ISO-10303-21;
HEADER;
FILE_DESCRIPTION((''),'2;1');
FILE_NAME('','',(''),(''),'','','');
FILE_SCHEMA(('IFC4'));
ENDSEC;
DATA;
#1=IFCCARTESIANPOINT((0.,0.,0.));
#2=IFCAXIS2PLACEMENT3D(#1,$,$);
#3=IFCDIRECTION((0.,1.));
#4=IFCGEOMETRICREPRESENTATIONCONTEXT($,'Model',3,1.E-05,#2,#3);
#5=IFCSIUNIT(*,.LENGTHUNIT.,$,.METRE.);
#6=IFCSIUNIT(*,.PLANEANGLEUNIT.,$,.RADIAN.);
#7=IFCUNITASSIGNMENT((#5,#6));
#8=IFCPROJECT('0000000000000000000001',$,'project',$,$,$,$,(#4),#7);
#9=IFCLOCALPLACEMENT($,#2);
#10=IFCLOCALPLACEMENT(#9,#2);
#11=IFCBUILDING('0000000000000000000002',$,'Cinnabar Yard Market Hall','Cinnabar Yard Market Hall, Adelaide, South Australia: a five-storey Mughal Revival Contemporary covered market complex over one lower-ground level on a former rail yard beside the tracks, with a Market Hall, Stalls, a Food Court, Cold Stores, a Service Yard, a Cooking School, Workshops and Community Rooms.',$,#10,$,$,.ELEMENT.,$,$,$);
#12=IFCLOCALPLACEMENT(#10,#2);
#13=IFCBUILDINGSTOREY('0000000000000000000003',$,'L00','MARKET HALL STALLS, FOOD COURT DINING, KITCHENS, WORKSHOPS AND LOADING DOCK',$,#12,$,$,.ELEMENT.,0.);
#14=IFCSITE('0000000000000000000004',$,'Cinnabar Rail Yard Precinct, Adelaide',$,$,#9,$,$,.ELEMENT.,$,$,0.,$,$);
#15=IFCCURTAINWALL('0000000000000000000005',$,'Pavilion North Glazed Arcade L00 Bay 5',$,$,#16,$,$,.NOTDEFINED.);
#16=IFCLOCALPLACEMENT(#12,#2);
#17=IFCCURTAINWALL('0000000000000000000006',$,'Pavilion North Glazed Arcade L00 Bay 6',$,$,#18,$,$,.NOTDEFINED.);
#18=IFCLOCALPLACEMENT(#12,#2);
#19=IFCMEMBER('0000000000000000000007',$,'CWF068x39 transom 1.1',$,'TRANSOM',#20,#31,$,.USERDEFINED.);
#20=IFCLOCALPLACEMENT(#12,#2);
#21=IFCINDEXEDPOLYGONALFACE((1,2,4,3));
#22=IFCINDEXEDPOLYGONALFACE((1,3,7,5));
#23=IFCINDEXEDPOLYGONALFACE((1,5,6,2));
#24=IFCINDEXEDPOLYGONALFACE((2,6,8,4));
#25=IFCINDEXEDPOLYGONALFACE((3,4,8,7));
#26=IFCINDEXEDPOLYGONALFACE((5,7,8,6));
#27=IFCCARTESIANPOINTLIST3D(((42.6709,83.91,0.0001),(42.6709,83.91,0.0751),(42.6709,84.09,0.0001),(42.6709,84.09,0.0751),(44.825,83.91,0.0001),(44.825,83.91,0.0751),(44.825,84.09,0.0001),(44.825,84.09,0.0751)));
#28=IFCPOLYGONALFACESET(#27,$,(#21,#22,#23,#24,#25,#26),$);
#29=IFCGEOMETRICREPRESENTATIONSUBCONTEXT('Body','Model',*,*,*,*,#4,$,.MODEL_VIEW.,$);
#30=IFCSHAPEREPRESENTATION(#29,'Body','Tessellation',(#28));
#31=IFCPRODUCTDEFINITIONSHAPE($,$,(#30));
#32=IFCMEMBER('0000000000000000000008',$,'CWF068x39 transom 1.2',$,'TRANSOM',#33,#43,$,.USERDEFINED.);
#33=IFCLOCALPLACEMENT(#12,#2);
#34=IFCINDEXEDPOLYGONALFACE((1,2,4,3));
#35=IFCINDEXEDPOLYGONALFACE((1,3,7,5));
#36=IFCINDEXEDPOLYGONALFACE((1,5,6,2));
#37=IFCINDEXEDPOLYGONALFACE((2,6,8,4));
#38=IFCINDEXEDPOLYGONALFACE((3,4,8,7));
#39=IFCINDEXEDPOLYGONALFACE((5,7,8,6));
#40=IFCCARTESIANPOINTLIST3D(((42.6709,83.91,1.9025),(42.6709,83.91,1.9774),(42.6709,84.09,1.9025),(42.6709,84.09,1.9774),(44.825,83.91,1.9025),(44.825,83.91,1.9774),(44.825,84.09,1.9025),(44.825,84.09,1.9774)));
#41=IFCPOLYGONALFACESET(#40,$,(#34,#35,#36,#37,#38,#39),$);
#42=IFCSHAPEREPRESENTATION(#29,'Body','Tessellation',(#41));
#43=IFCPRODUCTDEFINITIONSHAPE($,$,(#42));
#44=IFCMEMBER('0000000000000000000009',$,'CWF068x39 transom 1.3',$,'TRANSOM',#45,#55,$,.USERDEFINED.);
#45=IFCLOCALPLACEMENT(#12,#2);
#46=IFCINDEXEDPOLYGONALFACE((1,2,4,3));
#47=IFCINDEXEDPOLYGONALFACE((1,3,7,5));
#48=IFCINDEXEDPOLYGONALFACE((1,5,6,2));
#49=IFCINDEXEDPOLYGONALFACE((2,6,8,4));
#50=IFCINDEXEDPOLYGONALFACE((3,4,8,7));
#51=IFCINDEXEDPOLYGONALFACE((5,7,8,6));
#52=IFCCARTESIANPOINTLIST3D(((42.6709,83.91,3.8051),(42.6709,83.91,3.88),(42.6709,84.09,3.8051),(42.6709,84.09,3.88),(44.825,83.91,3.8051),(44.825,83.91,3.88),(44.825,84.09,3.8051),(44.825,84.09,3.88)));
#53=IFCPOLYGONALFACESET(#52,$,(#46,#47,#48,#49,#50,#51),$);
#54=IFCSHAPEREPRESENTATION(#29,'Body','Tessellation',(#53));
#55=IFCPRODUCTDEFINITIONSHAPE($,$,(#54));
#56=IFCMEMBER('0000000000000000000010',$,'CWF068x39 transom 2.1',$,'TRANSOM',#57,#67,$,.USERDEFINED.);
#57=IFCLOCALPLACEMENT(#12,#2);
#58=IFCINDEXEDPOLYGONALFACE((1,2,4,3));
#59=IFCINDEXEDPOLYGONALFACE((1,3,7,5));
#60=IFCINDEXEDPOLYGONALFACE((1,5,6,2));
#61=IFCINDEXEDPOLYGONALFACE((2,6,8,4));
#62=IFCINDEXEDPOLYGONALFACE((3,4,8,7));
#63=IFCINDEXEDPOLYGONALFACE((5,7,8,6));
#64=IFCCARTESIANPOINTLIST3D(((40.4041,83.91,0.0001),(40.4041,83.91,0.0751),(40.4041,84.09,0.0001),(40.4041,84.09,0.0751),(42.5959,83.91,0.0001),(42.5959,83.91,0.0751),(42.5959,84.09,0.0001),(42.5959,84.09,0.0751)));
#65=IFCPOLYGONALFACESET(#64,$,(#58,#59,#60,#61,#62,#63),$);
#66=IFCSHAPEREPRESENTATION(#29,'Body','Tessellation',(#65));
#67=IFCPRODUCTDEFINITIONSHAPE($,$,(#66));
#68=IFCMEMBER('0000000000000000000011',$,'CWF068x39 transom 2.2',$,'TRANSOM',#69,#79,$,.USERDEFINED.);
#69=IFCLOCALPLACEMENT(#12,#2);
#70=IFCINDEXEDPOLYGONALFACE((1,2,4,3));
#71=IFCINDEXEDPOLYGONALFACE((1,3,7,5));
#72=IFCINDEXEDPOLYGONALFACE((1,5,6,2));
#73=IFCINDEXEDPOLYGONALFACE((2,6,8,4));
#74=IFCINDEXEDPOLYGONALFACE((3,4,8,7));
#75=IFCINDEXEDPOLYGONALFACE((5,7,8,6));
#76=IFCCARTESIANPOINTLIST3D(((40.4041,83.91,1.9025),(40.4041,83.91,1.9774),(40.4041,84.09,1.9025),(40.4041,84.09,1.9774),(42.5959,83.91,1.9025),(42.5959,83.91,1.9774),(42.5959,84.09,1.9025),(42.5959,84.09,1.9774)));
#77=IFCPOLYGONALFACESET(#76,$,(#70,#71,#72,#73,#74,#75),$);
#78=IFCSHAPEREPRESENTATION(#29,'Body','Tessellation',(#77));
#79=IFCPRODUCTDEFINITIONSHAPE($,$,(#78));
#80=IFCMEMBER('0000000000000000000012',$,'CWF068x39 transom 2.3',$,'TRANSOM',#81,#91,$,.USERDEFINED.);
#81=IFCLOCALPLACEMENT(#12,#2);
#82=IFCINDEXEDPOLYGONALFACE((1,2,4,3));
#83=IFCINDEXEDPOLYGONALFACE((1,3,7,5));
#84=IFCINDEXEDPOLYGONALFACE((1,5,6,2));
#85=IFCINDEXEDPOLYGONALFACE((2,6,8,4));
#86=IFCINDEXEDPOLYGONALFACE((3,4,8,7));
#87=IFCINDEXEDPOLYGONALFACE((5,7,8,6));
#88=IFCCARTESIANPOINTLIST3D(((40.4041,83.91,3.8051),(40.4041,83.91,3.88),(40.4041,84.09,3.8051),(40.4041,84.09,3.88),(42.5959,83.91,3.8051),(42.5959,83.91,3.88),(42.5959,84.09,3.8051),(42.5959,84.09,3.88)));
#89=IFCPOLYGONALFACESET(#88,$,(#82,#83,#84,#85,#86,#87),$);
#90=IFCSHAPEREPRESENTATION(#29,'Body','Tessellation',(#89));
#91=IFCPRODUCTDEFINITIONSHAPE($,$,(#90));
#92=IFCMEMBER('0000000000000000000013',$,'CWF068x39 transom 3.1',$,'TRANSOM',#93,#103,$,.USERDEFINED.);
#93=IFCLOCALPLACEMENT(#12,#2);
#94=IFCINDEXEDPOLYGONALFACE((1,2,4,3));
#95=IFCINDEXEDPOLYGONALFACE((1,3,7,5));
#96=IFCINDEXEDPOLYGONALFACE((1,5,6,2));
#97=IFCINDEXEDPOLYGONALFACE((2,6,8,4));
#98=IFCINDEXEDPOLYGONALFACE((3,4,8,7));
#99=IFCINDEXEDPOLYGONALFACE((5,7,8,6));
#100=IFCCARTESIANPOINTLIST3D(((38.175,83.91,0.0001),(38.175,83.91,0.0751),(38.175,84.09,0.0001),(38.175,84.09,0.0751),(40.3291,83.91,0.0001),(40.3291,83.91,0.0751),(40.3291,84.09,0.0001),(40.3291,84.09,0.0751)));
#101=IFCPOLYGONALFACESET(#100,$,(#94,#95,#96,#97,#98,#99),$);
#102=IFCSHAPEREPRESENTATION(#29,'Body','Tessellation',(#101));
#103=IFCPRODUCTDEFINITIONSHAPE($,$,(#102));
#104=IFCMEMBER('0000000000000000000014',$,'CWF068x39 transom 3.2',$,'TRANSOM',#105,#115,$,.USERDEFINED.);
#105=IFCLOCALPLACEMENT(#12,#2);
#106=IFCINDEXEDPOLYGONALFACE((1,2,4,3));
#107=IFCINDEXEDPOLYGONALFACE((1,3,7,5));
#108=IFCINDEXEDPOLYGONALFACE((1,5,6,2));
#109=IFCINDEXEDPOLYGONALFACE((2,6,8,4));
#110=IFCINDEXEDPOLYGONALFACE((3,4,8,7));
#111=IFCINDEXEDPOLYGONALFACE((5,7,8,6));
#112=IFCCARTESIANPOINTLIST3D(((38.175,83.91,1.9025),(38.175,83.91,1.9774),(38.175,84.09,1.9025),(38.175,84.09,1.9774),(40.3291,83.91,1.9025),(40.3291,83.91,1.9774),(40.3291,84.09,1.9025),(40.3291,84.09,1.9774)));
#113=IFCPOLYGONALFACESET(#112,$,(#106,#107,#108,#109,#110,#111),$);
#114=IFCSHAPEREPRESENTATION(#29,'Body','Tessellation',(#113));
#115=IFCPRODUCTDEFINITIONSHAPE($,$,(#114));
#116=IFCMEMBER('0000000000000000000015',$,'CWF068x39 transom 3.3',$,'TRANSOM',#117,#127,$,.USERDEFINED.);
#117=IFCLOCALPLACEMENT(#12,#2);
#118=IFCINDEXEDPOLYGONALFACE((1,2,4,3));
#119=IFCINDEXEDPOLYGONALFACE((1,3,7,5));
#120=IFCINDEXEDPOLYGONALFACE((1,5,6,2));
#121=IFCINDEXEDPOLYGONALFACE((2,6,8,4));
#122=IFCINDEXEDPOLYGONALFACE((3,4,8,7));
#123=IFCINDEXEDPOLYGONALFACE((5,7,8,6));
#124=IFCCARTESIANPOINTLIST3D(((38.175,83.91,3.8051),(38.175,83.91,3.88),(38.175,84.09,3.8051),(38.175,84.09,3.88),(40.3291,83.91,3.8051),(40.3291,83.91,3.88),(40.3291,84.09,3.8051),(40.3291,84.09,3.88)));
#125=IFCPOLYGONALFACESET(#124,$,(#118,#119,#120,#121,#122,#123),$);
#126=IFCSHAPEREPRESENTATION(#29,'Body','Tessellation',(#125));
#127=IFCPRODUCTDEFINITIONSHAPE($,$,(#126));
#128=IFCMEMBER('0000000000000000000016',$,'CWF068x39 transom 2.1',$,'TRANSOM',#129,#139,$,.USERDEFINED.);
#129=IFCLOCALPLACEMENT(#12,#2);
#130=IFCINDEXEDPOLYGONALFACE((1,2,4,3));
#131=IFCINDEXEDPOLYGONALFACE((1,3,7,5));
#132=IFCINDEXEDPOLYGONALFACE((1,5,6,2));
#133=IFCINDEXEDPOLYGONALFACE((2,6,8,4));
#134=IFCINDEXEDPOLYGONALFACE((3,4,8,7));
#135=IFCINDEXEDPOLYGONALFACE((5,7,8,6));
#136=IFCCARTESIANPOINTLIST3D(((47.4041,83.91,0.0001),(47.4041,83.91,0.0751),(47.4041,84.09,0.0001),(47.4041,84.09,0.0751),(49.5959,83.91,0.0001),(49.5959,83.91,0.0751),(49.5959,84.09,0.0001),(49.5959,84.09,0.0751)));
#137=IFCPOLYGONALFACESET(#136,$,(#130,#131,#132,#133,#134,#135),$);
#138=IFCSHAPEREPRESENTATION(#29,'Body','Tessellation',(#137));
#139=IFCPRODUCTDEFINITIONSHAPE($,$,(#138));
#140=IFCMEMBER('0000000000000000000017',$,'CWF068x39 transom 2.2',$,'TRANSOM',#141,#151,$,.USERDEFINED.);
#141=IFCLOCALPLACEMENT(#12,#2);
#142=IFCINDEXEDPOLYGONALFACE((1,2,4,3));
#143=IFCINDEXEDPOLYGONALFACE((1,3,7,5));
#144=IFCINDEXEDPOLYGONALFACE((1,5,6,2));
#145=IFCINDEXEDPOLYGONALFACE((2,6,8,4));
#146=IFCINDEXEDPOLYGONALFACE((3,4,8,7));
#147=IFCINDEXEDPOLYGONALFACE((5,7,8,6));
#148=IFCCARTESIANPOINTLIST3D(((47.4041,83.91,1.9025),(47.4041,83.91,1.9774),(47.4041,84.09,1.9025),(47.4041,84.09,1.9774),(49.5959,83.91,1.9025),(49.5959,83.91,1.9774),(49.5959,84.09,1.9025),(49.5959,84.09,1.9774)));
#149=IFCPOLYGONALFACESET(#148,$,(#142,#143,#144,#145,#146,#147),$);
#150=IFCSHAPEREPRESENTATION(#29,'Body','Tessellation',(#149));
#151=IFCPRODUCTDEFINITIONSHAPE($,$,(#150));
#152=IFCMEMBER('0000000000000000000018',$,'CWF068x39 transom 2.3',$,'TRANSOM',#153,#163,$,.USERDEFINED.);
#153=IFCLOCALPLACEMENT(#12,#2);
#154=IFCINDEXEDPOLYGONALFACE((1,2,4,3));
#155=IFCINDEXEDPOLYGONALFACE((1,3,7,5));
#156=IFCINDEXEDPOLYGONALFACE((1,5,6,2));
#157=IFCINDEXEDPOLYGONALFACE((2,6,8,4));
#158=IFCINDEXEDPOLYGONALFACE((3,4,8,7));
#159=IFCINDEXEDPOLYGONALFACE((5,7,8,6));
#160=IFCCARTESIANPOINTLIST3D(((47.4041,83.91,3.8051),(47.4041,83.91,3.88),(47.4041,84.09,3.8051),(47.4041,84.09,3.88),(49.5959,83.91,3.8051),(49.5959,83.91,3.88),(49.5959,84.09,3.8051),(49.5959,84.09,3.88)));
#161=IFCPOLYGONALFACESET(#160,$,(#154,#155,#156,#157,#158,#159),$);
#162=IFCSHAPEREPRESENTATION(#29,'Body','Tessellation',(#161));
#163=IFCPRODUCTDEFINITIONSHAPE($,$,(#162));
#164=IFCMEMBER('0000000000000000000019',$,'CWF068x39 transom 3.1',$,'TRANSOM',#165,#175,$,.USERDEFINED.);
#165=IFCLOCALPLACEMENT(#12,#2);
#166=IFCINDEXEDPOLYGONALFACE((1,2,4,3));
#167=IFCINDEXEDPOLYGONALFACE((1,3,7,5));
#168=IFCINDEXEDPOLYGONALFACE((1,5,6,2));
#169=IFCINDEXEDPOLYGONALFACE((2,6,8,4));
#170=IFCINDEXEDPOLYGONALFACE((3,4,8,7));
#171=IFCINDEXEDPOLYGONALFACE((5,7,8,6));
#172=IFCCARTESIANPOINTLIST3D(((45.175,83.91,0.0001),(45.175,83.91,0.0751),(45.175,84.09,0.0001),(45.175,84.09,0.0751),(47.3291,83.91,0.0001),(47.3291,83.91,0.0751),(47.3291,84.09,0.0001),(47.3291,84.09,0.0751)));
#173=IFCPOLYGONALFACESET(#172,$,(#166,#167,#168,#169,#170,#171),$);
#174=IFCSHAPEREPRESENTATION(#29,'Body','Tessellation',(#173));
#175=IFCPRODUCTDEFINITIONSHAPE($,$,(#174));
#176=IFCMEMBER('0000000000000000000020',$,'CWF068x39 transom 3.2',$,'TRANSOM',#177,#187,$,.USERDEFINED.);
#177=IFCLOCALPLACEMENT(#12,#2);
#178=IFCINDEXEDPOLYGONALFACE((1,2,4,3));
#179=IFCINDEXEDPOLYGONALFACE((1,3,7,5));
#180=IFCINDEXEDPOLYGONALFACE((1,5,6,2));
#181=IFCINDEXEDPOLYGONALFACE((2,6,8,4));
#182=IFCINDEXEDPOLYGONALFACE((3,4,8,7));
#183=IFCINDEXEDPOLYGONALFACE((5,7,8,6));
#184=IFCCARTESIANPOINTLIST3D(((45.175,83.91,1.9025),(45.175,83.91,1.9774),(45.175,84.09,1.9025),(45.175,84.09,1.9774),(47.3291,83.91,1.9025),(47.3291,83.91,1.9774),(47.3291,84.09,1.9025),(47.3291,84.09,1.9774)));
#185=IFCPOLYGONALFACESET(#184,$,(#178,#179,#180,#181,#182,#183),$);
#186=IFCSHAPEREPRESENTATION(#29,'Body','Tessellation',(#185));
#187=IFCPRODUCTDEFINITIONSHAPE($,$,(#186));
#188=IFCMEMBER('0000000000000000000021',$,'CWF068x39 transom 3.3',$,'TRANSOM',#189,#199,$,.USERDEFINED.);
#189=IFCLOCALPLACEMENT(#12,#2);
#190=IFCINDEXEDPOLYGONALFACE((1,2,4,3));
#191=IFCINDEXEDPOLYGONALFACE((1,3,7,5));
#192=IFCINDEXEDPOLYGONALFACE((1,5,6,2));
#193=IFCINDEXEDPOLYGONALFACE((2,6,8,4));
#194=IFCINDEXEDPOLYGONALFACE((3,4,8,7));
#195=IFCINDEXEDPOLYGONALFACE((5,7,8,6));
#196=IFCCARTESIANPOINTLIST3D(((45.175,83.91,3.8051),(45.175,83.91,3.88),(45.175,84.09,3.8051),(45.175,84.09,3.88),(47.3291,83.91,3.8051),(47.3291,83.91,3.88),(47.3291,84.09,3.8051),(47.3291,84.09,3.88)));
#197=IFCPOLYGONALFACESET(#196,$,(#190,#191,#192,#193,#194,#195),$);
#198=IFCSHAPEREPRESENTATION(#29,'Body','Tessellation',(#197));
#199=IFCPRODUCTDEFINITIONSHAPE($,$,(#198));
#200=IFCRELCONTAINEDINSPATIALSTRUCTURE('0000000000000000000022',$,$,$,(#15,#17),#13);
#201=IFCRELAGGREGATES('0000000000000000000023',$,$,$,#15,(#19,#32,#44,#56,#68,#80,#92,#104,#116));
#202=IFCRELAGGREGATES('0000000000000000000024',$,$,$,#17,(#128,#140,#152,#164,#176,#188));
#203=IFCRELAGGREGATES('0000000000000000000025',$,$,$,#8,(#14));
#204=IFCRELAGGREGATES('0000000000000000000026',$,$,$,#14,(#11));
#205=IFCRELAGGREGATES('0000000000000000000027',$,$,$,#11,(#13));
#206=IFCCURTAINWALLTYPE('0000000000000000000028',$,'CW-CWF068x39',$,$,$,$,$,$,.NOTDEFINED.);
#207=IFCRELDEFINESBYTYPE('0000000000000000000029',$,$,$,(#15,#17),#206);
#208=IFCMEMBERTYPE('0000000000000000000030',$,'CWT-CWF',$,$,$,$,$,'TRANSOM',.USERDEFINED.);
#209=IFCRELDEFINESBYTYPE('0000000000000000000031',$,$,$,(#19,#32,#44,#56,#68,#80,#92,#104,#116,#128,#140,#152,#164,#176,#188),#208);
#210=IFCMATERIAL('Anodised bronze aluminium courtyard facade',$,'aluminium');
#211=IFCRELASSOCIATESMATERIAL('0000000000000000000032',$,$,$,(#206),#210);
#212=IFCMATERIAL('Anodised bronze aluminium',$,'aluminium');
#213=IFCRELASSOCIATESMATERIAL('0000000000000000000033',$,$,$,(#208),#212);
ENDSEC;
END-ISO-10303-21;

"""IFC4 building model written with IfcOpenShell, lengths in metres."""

from ifc_helpers import new_model, si_unit, direction, frame, origin, origin_2d_with_axis, place, context, subcontext, project, spatial, rectangle, extrude, material, material_profile, profile_set, type_object, element, aggregate, save


model = new_model("IFC4")

# Units and contexts
model_context = context("Model", 3, precision=1e-05, world=origin(), true_north=direction((0.0, 1.0)))
body_context = subcontext(model_context, "Body", "Model", "MODEL_VIEW")
ifc_project = project(units=[si_unit("LENGTHUNIT", "METRE"), si_unit("PLANEANGLEUNIT", "RADIAN")], contexts=[model_context])

# Site, building, storey
site_placement = place(None, origin())
site = spatial("IfcSite", under=ifc_project, at=site_placement, Name="Cinnabar Rail Yard Precinct, Adelaide", CompositionType="ELEMENT", RefElevation=0.0)
building_placement = place(site_placement, origin())
building = spatial("IfcBuilding", under=site, at=building_placement, Name="Cinnabar Yard Market Hall", Description="Cinnabar Yard Market Hall, Adelaide, South Australia: a five-storey Mughal Revival Contemporary covered market complex over one lower-ground level on a former rail yard beside the tracks, with a Market Hall, Stalls, a Food Court, Cold Stores, a Service Yard, a Cooking School, Workshops and Community Rooms.", CompositionType="ELEMENT")
storey_placement = place(building_placement, origin())
storey = spatial("IfcBuildingStorey", under=building, at=storey_placement, Name="L00", Description="MARKET HALL STALLS, FOOD COURT DINING, KITCHENS, WORKSHOPS AND LOADING DOCK", CompositionType="ELEMENT", Elevation=0.0)

# Curtain walls
ifc_material_1 = material(Name="Anodised bronze aluminium courtyard facade", Category="aluminium")
curtain_wall_type = type_object("IfcCurtainWallType", Name="CW-CWF068x39", PredefinedType="NOTDEFINED", material=ifc_material_1)
curtain_wall_1_placement = place(storey_placement, origin())
curtain_wall_1 = element("IfcCurtainWall", 1, at=curtain_wall_1_placement, inside=storey, type_object=curtain_wall_type, Name="Pavilion North Glazed Arcade L00 Bay 5", PredefinedType="NOTDEFINED")
ifc_material_2 = material(Name="Anodised bronze aluminium", Category="aluminium")
curtain_wall_2_placement = place(storey_placement, origin())
curtain_wall_2 = element("IfcCurtainWall", 2, at=curtain_wall_2_placement, inside=storey, type_object=curtain_wall_type, Name="Pavilion North Glazed Arcade L00 Bay 6", PredefinedType="NOTDEFINED")

# Members
ifc_material_profile_1 = material_profile(ifc_material_2, rectangle(XDim=0.1799, YDim=0.075, at=origin_2d_with_axis()), Name="TRN-CWF")
ifc_profile_set_1 = profile_set([ifc_material_profile_1], Name="Anodised bronze aluminium")
member_type_1 = type_object("IfcMemberType", Name="CWT-CWF", ElementType="TRANSOM", PredefinedType="USERDEFINED", material=ifc_profile_set_1)
member_1_placement = place(storey_placement, frame((44.825, 84.0, 0.0376), z_axis=(-1.0, 0.0, 0.0), x_axis=(0.0, -1.0, 0.0)))
member_1 = element("IfcMember", 3, at=member_1_placement, type_object=member_type_1, Name="CWF068x39 transom 1.1", ObjectType="TRANSOM", PredefinedType="USERDEFINED", context=body_context, shape_type="SweptSolid", body=[
    extrude(rectangle(XDim=0.1799, YDim=0.075, at=origin_2d_with_axis()), origin(), (0.0, 0.0, 1.0), 2.1541),
])
member_2_placement = place(storey_placement, frame((44.825, 84.0, 1.9399), z_axis=(-1.0, 0.0, 0.0), x_axis=(0.0, -1.0, 0.0)))
member_2 = element("IfcMember", 4, at=member_2_placement, type_object=member_type_1, Name="CWF068x39 transom 1.2", ObjectType="TRANSOM", PredefinedType="USERDEFINED", context=body_context, shape_type="SweptSolid", body=[
    extrude(rectangle(XDim=0.1799, YDim=0.075, at=origin_2d_with_axis()), origin(), (0.0, 0.0, 1.0), 2.1541),
])
member_3_placement = place(storey_placement, frame((44.825, 84.0, 3.8425), z_axis=(-1.0, 0.0, 0.0), x_axis=(0.0, -1.0, 0.0)))
member_3 = element("IfcMember", 5, at=member_3_placement, type_object=member_type_1, Name="CWF068x39 transom 1.3", ObjectType="TRANSOM", PredefinedType="USERDEFINED", context=body_context, shape_type="SweptSolid", body=[
    extrude(rectangle(XDim=0.1799, YDim=0.075, at=origin_2d_with_axis()), origin(), (0.0, 0.0, 1.0), 2.1541),
])
member_4_placement = place(storey_placement, frame((42.5959, 84.0, 0.0376), z_axis=(-1.0, 0.0, 0.0), x_axis=(0.0, -1.0, 0.0)))
member_4 = element("IfcMember", 6, at=member_4_placement, type_object=member_type_1, Name="CWF068x39 transom 2.1", ObjectType="TRANSOM", PredefinedType="USERDEFINED", context=body_context, shape_type="SweptSolid", body=[
    extrude(rectangle(XDim=0.1799, YDim=0.075, at=origin_2d_with_axis()), origin(), (0.0, 0.0, 1.0), 2.1919),
])
member_5_placement = place(storey_placement, frame((42.5959, 84.0, 1.9399), z_axis=(-1.0, 0.0, 0.0), x_axis=(0.0, -1.0, 0.0)))
member_5 = element("IfcMember", 7, at=member_5_placement, type_object=member_type_1, Name="CWF068x39 transom 2.2", ObjectType="TRANSOM", PredefinedType="USERDEFINED", context=body_context, shape_type="SweptSolid", body=[
    extrude(rectangle(XDim=0.1799, YDim=0.075, at=origin_2d_with_axis()), origin(), (0.0, 0.0, 1.0), 2.1919),
])
member_6_placement = place(storey_placement, frame((42.5959, 84.0, 3.8425), z_axis=(-1.0, 0.0, 0.0), x_axis=(0.0, -1.0, 0.0)))
member_6 = element("IfcMember", 8, at=member_6_placement, type_object=member_type_1, Name="CWF068x39 transom 2.3", ObjectType="TRANSOM", PredefinedType="USERDEFINED", context=body_context, shape_type="SweptSolid", body=[
    extrude(rectangle(XDim=0.1799, YDim=0.075, at=origin_2d_with_axis()), origin(), (0.0, 0.0, 1.0), 2.1919),
])
member_7_placement = place(storey_placement, frame((40.3291, 84.0, 0.0376), z_axis=(-1.0, 0.0, 0.0), x_axis=(0.0, -1.0, 0.0)))
member_7 = element("IfcMember", 9, at=member_7_placement, type_object=member_type_1, Name="CWF068x39 transom 3.1", ObjectType="TRANSOM", PredefinedType="USERDEFINED", context=body_context, shape_type="SweptSolid", body=[
    extrude(rectangle(XDim=0.1799, YDim=0.075, at=origin_2d_with_axis()), origin(), (0.0, 0.0, 1.0), 2.1541),
])
member_8_placement = place(storey_placement, frame((40.3291, 84.0, 1.9399), z_axis=(-1.0, 0.0, 0.0), x_axis=(0.0, -1.0, 0.0)))
member_8 = element("IfcMember", 10, at=member_8_placement, type_object=member_type_1, Name="CWF068x39 transom 3.2", ObjectType="TRANSOM", PredefinedType="USERDEFINED", context=body_context, shape_type="SweptSolid", body=[
    extrude(rectangle(XDim=0.1799, YDim=0.075, at=origin_2d_with_axis()), origin(), (0.0, 0.0, 1.0), 2.1541),
])
member_9_placement = place(storey_placement, frame((40.3291, 84.0, 3.8425), z_axis=(-1.0, 0.0, 0.0), x_axis=(0.0, -1.0, 0.0)))
member_9 = element("IfcMember", 11, at=member_9_placement, type_object=member_type_1, Name="CWF068x39 transom 3.3", ObjectType="TRANSOM", PredefinedType="USERDEFINED", context=body_context, shape_type="SweptSolid", body=[
    extrude(rectangle(XDim=0.1799, YDim=0.075, at=origin_2d_with_axis()), origin(), (0.0, 0.0, 1.0), 2.1541),
])
member_10_placement = place(storey_placement, frame((49.5959, 84.0, 0.0376), z_axis=(-1.0, 0.0, 0.0), x_axis=(0.0, -1.0, 0.0)))
member_10 = element("IfcMember", 12, at=member_10_placement, type_object=member_type_1, Name="CWF068x39 transom 2.1", ObjectType="TRANSOM", PredefinedType="USERDEFINED", context=body_context, shape_type="SweptSolid", body=[
    extrude(rectangle(XDim=0.1799, YDim=0.075, at=origin_2d_with_axis()), origin(), (0.0, 0.0, 1.0), 2.1919),
])
member_11_placement = place(storey_placement, frame((49.5959, 84.0, 1.9399), z_axis=(-1.0, 0.0, 0.0), x_axis=(0.0, -1.0, 0.0)))
member_11 = element("IfcMember", 13, at=member_11_placement, type_object=member_type_1, Name="CWF068x39 transom 2.2", ObjectType="TRANSOM", PredefinedType="USERDEFINED", context=body_context, shape_type="SweptSolid", body=[
    extrude(rectangle(XDim=0.1799, YDim=0.075, at=origin_2d_with_axis()), origin(), (0.0, 0.0, 1.0), 2.1919),
])
member_12_placement = place(storey_placement, frame((49.5959, 84.0, 3.8425), z_axis=(-1.0, 0.0, 0.0), x_axis=(0.0, -1.0, 0.0)))
member_12 = element("IfcMember", 14, at=member_12_placement, type_object=member_type_1, Name="CWF068x39 transom 2.3", ObjectType="TRANSOM", PredefinedType="USERDEFINED", context=body_context, shape_type="SweptSolid", body=[
    extrude(rectangle(XDim=0.1799, YDim=0.075, at=origin_2d_with_axis()), origin(), (0.0, 0.0, 1.0), 2.1919),
])
member_13_placement = place(storey_placement, frame((47.3291, 84.0, 0.0376), z_axis=(-1.0, 0.0, 0.0), x_axis=(0.0, -1.0, 0.0)))
member_13 = element("IfcMember", 15, at=member_13_placement, type_object=member_type_1, Name="CWF068x39 transom 3.1", ObjectType="TRANSOM", PredefinedType="USERDEFINED", context=body_context, shape_type="SweptSolid", body=[
    extrude(rectangle(XDim=0.1799, YDim=0.075, at=origin_2d_with_axis()), origin(), (0.0, 0.0, 1.0), 2.1541),
])
member_14_placement = place(storey_placement, frame((47.3291, 84.0, 1.9399), z_axis=(-1.0, 0.0, 0.0), x_axis=(0.0, -1.0, 0.0)))
member_14 = element("IfcMember", 16, at=member_14_placement, type_object=member_type_1, Name="CWF068x39 transom 3.2", ObjectType="TRANSOM", PredefinedType="USERDEFINED", context=body_context, shape_type="SweptSolid", body=[
    extrude(rectangle(XDim=0.1799, YDim=0.075, at=origin_2d_with_axis()), origin(), (0.0, 0.0, 1.0), 2.1541),
])
member_15_placement = place(storey_placement, frame((47.3291, 84.0, 3.8425), z_axis=(-1.0, 0.0, 0.0), x_axis=(0.0, -1.0, 0.0)))
member_15 = element("IfcMember", 17, at=member_15_placement, type_object=member_type_1, Name="CWF068x39 transom 3.3", ObjectType="TRANSOM", PredefinedType="USERDEFINED", context=body_context, shape_type="SweptSolid", body=[
    extrude(rectangle(XDim=0.1799, YDim=0.075, at=origin_2d_with_axis()), origin(), (0.0, 0.0, 1.0), 2.1541),
])

aggregate(curtain_wall_1, [member_1, member_2, member_3, member_4, member_5, member_6, member_7, member_8, member_9])
aggregate(curtain_wall_2, [member_10, member_11, member_12, member_13, member_14, member_15])

save(model, "model.ifc")
